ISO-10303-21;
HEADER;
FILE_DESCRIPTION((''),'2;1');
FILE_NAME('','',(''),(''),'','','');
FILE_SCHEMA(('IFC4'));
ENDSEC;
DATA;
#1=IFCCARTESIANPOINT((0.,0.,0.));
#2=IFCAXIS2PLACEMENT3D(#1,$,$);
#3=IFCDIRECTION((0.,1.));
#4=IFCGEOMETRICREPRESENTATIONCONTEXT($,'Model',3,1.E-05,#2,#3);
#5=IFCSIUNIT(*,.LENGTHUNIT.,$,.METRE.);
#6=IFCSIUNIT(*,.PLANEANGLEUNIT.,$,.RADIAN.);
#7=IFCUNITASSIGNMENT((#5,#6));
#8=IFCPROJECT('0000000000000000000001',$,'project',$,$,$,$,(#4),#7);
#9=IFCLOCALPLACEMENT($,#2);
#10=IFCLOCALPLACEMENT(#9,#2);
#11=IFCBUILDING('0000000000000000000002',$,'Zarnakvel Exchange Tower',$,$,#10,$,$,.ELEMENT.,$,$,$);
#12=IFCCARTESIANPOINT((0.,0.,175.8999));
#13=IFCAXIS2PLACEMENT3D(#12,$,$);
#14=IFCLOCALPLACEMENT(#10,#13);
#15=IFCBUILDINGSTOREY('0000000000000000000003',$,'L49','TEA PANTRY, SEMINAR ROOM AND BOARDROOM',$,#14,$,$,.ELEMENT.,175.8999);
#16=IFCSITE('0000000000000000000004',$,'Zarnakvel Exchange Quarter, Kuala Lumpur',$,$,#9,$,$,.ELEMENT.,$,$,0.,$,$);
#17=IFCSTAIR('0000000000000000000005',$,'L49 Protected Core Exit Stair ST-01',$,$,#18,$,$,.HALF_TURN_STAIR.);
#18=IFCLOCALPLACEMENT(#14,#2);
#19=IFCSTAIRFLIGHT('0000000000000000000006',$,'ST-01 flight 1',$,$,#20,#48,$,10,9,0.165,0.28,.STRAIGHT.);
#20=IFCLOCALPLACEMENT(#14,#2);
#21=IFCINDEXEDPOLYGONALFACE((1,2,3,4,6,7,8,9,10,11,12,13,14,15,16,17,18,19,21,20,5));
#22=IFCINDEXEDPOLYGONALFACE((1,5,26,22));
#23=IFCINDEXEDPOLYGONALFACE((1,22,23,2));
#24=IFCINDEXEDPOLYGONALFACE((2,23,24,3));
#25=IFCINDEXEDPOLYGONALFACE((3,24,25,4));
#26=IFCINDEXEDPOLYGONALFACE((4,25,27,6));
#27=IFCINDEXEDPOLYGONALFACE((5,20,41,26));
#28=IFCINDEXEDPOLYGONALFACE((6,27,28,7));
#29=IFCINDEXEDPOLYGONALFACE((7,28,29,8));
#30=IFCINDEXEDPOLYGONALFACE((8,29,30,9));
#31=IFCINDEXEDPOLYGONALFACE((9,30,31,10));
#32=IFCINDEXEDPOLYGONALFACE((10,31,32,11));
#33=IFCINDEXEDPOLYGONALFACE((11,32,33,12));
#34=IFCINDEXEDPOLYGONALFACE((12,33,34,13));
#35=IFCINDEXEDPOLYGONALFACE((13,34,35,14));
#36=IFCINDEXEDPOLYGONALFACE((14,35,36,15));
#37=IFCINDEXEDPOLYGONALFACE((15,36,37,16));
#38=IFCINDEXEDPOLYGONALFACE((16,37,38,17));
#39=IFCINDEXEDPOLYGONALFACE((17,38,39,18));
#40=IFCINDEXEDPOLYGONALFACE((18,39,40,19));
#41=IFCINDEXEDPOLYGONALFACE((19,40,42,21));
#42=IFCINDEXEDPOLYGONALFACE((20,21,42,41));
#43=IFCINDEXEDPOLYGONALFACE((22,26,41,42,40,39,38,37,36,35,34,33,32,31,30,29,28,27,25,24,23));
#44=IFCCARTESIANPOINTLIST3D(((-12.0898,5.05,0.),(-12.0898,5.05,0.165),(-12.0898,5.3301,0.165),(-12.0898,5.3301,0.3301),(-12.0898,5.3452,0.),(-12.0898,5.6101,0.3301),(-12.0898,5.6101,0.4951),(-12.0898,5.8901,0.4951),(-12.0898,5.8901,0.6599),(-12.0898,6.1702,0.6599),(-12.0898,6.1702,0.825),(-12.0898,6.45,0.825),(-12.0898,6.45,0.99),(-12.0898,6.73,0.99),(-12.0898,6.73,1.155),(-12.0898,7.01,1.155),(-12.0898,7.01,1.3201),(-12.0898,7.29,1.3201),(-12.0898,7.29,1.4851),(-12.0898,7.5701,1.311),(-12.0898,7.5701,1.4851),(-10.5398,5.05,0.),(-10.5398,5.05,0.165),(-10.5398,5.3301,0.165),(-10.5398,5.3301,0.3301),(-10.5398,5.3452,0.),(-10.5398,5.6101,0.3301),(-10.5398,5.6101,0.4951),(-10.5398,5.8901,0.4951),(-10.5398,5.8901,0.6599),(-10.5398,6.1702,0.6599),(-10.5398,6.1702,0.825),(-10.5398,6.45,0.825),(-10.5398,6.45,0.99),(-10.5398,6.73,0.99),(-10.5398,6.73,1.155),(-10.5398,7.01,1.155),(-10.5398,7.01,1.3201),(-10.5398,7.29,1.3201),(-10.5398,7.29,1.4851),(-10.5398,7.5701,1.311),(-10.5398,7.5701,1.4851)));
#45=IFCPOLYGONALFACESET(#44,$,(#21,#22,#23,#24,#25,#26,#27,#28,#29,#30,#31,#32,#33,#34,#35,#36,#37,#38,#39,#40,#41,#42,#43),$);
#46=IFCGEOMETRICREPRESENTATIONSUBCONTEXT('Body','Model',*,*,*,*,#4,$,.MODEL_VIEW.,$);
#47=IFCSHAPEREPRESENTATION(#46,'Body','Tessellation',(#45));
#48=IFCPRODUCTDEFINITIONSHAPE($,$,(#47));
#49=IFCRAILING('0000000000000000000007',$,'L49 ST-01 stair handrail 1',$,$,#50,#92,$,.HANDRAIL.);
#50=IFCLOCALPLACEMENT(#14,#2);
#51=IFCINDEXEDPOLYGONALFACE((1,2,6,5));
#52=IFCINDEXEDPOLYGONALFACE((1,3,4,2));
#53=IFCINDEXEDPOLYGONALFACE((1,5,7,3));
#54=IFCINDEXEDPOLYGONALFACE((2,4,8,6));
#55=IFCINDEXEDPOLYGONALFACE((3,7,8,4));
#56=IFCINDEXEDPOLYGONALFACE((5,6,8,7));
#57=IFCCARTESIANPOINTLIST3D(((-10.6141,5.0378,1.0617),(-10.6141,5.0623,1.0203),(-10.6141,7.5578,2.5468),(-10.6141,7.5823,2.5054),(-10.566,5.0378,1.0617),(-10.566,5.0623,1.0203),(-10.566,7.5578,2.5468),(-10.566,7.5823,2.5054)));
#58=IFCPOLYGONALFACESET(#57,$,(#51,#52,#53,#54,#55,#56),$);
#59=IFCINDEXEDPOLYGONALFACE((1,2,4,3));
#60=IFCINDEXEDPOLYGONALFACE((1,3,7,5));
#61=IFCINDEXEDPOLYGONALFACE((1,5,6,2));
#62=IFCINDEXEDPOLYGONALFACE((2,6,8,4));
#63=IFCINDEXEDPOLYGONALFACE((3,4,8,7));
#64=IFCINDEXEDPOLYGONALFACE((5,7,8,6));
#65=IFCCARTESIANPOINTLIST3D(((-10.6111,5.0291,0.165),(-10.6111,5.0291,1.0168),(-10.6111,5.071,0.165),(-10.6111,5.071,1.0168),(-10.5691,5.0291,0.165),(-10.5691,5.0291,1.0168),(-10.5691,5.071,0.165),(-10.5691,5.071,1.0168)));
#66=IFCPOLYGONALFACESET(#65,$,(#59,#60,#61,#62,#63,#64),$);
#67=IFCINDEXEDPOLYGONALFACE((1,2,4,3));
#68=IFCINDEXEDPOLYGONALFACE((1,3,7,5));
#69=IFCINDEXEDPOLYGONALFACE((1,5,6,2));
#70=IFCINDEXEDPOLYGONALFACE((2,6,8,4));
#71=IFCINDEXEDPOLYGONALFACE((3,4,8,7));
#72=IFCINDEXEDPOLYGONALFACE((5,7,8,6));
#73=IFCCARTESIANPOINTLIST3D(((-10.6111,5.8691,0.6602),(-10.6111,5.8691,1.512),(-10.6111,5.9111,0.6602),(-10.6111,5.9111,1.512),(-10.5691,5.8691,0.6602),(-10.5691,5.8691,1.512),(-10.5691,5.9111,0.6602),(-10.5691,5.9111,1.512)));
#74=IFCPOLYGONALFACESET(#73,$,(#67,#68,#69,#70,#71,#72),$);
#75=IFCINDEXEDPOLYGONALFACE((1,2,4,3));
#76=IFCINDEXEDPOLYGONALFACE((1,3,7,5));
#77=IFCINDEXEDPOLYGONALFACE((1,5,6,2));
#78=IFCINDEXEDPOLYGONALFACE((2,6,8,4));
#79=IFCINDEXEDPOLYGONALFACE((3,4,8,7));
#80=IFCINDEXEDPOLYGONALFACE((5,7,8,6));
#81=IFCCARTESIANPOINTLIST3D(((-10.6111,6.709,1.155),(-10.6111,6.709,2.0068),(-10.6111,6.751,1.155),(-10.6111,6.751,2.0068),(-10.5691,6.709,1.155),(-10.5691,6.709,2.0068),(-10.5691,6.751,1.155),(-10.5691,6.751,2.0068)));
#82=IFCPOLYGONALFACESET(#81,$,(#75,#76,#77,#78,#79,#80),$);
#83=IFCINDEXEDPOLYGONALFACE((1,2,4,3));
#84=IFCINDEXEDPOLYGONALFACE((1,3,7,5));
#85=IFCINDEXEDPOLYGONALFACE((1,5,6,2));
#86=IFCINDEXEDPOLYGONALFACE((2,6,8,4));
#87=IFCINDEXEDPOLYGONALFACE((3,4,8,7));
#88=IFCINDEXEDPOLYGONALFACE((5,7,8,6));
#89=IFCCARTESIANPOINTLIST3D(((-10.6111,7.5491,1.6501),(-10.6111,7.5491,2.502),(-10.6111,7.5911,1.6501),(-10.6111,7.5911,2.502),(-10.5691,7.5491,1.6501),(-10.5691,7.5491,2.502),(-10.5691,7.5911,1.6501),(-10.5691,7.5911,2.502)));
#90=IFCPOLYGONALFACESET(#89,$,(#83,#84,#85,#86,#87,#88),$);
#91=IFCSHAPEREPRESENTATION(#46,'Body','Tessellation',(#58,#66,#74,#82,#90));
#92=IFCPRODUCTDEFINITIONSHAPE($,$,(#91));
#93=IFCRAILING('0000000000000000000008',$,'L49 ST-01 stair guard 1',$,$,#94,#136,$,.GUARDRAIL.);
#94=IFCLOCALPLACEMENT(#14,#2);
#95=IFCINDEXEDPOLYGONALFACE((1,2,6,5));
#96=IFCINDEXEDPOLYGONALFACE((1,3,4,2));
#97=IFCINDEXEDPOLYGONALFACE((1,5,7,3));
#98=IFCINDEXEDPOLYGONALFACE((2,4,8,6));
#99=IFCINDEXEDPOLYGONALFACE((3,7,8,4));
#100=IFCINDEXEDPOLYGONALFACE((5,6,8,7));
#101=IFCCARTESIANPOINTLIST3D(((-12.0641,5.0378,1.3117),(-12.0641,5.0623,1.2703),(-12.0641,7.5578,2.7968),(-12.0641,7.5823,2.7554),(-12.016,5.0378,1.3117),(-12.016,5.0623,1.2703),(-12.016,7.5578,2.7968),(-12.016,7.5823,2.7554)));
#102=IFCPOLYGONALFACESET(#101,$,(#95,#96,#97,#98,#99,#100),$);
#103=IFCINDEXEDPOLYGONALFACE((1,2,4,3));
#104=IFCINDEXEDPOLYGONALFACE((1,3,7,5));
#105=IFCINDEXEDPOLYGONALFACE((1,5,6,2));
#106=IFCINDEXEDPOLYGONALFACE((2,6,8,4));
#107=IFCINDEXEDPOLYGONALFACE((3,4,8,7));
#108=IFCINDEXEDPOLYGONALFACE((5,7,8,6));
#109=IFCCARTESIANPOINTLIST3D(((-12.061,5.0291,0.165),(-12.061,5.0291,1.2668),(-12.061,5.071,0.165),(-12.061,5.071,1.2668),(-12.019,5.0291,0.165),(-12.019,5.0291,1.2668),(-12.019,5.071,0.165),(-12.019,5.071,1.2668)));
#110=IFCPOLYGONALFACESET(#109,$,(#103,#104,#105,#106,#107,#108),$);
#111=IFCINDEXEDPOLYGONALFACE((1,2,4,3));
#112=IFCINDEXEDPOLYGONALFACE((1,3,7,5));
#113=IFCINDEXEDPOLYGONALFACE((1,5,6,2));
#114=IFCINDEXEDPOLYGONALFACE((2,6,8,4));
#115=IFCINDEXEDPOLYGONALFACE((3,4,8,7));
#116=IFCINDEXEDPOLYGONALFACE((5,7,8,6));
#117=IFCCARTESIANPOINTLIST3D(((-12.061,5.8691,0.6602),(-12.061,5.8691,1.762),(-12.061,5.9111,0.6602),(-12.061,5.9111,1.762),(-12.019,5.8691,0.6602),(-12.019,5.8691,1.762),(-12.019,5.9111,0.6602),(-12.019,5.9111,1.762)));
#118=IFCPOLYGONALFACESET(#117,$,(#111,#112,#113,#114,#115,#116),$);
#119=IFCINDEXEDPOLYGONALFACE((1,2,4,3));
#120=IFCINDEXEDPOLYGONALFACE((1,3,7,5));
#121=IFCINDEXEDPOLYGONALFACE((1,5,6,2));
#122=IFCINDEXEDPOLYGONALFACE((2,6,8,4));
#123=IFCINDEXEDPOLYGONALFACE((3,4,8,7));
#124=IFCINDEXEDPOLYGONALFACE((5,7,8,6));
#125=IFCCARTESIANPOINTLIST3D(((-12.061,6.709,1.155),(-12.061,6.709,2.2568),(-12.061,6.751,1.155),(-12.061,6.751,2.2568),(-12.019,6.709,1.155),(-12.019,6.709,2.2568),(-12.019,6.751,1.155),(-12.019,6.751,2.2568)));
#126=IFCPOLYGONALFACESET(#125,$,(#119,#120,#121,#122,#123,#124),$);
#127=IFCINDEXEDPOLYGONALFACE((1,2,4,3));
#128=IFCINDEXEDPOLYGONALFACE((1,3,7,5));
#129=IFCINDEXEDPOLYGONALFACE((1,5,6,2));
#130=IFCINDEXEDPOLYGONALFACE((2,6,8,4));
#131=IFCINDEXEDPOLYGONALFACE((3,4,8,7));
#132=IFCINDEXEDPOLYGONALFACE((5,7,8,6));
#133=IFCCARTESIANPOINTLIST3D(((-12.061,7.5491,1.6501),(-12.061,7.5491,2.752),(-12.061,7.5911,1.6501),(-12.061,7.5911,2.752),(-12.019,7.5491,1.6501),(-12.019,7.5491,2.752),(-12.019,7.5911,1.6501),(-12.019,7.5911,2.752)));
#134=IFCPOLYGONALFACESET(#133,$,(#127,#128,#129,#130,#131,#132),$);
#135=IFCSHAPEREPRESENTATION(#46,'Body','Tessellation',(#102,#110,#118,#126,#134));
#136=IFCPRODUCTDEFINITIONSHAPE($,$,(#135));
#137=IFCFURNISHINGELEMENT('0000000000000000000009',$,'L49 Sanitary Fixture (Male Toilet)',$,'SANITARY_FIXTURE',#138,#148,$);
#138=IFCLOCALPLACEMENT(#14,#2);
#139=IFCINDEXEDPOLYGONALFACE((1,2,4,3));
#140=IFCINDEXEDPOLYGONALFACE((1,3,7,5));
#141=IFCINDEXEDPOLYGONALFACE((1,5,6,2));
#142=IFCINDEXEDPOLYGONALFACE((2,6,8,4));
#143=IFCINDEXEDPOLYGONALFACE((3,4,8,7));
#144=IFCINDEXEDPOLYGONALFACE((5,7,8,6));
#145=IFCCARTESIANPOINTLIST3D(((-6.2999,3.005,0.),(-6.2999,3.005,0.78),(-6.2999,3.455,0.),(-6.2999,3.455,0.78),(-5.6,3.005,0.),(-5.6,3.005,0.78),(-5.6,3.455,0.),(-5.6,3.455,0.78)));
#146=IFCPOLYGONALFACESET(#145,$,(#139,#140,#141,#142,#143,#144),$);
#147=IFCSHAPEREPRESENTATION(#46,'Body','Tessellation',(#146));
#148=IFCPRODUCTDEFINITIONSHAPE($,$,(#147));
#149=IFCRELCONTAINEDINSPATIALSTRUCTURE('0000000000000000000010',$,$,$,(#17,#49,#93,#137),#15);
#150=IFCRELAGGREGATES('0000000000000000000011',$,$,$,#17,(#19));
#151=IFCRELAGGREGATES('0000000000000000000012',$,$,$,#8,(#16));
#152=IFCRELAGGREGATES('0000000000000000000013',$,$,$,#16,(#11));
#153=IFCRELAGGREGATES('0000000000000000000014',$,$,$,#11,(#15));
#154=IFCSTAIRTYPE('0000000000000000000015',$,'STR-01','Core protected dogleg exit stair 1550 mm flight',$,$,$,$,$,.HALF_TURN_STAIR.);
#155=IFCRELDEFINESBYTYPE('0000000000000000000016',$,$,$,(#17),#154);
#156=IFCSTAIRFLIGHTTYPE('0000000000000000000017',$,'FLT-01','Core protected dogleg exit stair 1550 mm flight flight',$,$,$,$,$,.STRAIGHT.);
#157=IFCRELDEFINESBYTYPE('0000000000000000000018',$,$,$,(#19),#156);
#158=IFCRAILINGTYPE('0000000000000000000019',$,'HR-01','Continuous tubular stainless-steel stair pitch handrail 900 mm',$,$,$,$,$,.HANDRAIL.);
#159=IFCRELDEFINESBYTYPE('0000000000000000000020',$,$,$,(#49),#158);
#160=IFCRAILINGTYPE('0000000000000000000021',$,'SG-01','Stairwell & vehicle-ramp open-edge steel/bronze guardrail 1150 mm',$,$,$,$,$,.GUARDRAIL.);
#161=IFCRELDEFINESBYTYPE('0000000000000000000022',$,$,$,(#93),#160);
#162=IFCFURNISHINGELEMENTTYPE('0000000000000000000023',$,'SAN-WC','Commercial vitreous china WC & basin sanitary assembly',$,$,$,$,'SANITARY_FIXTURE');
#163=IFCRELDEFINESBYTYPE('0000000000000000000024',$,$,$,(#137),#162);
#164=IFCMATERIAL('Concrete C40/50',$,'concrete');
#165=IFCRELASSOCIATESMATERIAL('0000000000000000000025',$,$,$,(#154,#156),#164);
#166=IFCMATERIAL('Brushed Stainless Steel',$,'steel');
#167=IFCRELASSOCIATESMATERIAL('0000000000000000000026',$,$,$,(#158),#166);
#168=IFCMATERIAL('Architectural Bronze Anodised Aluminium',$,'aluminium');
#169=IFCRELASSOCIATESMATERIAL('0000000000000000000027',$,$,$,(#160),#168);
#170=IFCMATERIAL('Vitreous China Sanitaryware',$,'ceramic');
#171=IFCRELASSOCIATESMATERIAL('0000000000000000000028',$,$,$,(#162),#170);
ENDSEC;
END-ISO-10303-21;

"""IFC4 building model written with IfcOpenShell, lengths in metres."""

from ifc_helpers import new_model, si_unit, direction, frame, origin, origin_2d, place, context, subcontext, project, spatial, polyline, rectangle, outline, extrude, source, transform, mapped, material, type_object, element, aggregate, save


model = new_model("IFC4")

# Units and contexts
model_context = context("Model", 3, precision=1e-05, world=origin(), true_north=direction((0.0, 1.0)))
body_context = subcontext(model_context, "Body", "Model", "MODEL_VIEW")
ifc_project = project(units=[si_unit("LENGTHUNIT", "METRE"), si_unit("PLANEANGLEUNIT", "RADIAN")], contexts=[model_context])

# Site, building, storey
site_placement = place(None, origin())
site = spatial("IfcSite", under=ifc_project, at=site_placement, Name="Zarnakvel Exchange Quarter, Kuala Lumpur", CompositionType="ELEMENT", RefElevation=0.0)
building_placement = place(site_placement, origin())
building = spatial("IfcBuilding", under=site, at=building_placement, Name="Zarnakvel Exchange Tower", CompositionType="ELEMENT")
storey_placement = place(building_placement, frame((0.0, 0.0, 175.8999)))
storey = spatial("IfcBuildingStorey", under=building, at=storey_placement, Name="L49", Description="TEA PANTRY, SEMINAR ROOM AND BOARDROOM", CompositionType="ELEMENT", Elevation=175.8999)

# Shared definitions
ifc_material_1 = material(Name="Concrete C40/50", Category="concrete")
ifc_material_2 = material(Name="Brushed Stainless Steel", Category="steel")

# Shared definitions
ifc_material_3 = material(Name="Architectural Bronze Anodised Aluminium", Category="aluminium")

# Stair, stair flight
stair_type = type_object("IfcStairType", Name="STR-01", Description="Core protected dogleg exit stair 1550 mm flight", PredefinedType="HALF_TURN_STAIR", material=ifc_material_1)
stair_placement = place(storey_placement, origin())
stair = element("IfcStair", 1, at=stair_placement, inside=storey, type_object=stair_type, Name="L49 Protected Core Exit Stair ST-01", PredefinedType="HALF_TURN_STAIR")
stair_flight_type = type_object("IfcStairFlightType", Name="FLT-01", Description="Core protected dogleg exit stair 1550 mm flight flight", PredefinedType="STRAIGHT", material=ifc_material_1)
stair_flight_placement = place(storey_placement, frame((-11.3149, 5.05, 0.0), z_axis=(0.0, 0.0, 1.0), x_axis=(0.0, 1.0, 0.0)))
stair_flight = element("IfcStairFlight", 2, at=stair_flight_placement, type_object=stair_flight_type, Name="ST-01 flight 1", NumberOfRisers=10, NumberOfTreads=9, PredefinedType="STRAIGHT", RiserHeight=0.165, TreadLength=0.28, context=body_context, shape_type="SweptSolid", body=[
    extrude(outline(polyline([(0.0, 0.0), (0.0, 0.165), (0.28, 0.165), (0.28, 0.3301), (0.5601, 0.3301), (0.5601, 0.4951), (0.8401, 0.4951), (0.8401, 0.6599), (1.1201, 0.6599), (1.1201, 0.825), (1.3999, 0.825), (1.3999, 0.99), (1.6799, 0.99), (1.6799, 1.155), (1.96, 1.155), (1.96, 1.3201), (2.24, 1.3201), (2.24, 1.4851), (2.52, 1.4851), (2.52, 1.6499), (2.52, 1.311), (0.2952, 0.0), (0.0, 0.0)])), frame((0.0, 0.7749, 0.0), z_axis=(0.0, -1.0, 0.0), x_axis=(1.0, 0.0, 0.0)), (0.0, 0.0, 1.0), 1.55),
])
aggregate(stair, [stair_flight])

# Railings
railing_type_1 = type_object("IfcRailingType", Name="HR-01", Description="Continuous tubular stainless-steel stair pitch handrail 900 mm", PredefinedType="HANDRAIL", material=ifc_material_2)
railing_1_placement = place(storey_placement, frame((-10.5901, 5.05, 0.165)))
element("IfcRailing", 3, at=railing_1_placement, inside=storey, type_object=railing_type_1, Name="L49 ST-01 stair handrail 1", PredefinedType="HANDRAIL", context=body_context, shape_type="SweptSolid", body=[
    extrude(rectangle(XDim=0.0481, YDim=0.0481, at=origin_2d()), frame((0.0, 0.0, 0.876), z_axis=(0.0, 0.861524, 0.507717), x_axis=(-1.0, 0.0, 0.0)), (0.0, 0.0, 1.0), 2.925),
    extrude(rectangle(XDim=0.042, YDim=0.042, at=origin_2d()), origin(), (0.0, 0.0, 1.0), 0.8518),
    extrude(rectangle(XDim=0.042, YDim=0.042, at=origin_2d()), frame((0.0, 0.8401, 0.4951)), (0.0, 0.0, 1.0), 0.8518),
    extrude(rectangle(XDim=0.042, YDim=0.042, at=origin_2d()), frame((0.0, 1.6799, 0.99)), (0.0, 0.0, 1.0), 0.8518),
    extrude(rectangle(XDim=0.042, YDim=0.042, at=origin_2d()), frame((0.0, 2.52, 1.4851)), (0.0, 0.0, 1.0), 0.8518),
])
railing_type_2 = type_object("IfcRailingType", Name="SG-01", Description="Stairwell & vehicle-ramp open-edge steel/bronze guardrail 1150 mm", PredefinedType="GUARDRAIL", material=ifc_material_3)
railing_2_placement = place(storey_placement, frame((-12.04, 5.05, 0.165)))
element("IfcRailing", 4, at=railing_2_placement, inside=storey, type_object=railing_type_2, Name="L49 ST-01 stair guard 1", PredefinedType="GUARDRAIL", context=body_context, shape_type="SweptSolid", body=[
    extrude(rectangle(XDim=0.0481, YDim=0.0481, at=origin_2d()), frame((0.0, 0.0, 1.126), z_axis=(0.0, 0.861524, 0.507717), x_axis=(-1.0, 0.0, 0.0)), (0.0, 0.0, 1.0), 2.925),
    extrude(rectangle(XDim=0.042, YDim=0.042, at=origin_2d()), origin(), (0.0, 0.0, 1.0), 1.1018),
    extrude(rectangle(XDim=0.042, YDim=0.042, at=origin_2d()), frame((0.0, 0.8401, 0.4951)), (0.0, 0.0, 1.0), 1.1018),
    extrude(rectangle(XDim=0.042, YDim=0.042, at=origin_2d()), frame((0.0, 1.6799, 0.99)), (0.0, 0.0, 1.0), 1.1018),
    extrude(rectangle(XDim=0.042, YDim=0.042, at=origin_2d()), frame((0.0, 2.52, 1.4851)), (0.0, 0.0, 1.0), 1.1018),
])

# Furnishing element
ifc_material_4 = material(Name="Vitreous China Sanitaryware", Category="ceramic")
furnishing_element_type = type_object("IfcFurnishingElementType", Name="SAN-WC", Description="Commercial vitreous china WC & basin sanitary assembly", ElementType="SANITARY_FIXTURE", material=ifc_material_4)
shared_shape_1 = source(origin(), body_context, "Body", "SweptSolid", [
    extrude(rectangle(XDim=0.7, YDim=0.45, at=origin_2d()), origin(), (0.0, 0.0, 1.0), 0.78),
])
furnishing_placement = place(storey_placement, frame((-5.95, 3.23, 0.0), z_axis=(0.0, 0.0, 1.0), x_axis=(1.0, 0.0, 0.0)))
element("IfcFurnishingElement", 5, at=furnishing_placement, inside=storey, type_object=furnishing_element_type, Name="L49 Sanitary Fixture (Male Toilet)", ObjectType="SANITARY_FIXTURE", context=body_context, shape_type="MappedRepresentation", body=[
    mapped(shared_shape_1, transform((0.0, 0.0, 0.0), x_axis=(1.0, 0.0, 0.0), y_axis=(0.0, 1.0, 0.0), z_axis=(0.0, 0.0, 1.0), scale=1.0)),
])

save(model, "model.ifc")
